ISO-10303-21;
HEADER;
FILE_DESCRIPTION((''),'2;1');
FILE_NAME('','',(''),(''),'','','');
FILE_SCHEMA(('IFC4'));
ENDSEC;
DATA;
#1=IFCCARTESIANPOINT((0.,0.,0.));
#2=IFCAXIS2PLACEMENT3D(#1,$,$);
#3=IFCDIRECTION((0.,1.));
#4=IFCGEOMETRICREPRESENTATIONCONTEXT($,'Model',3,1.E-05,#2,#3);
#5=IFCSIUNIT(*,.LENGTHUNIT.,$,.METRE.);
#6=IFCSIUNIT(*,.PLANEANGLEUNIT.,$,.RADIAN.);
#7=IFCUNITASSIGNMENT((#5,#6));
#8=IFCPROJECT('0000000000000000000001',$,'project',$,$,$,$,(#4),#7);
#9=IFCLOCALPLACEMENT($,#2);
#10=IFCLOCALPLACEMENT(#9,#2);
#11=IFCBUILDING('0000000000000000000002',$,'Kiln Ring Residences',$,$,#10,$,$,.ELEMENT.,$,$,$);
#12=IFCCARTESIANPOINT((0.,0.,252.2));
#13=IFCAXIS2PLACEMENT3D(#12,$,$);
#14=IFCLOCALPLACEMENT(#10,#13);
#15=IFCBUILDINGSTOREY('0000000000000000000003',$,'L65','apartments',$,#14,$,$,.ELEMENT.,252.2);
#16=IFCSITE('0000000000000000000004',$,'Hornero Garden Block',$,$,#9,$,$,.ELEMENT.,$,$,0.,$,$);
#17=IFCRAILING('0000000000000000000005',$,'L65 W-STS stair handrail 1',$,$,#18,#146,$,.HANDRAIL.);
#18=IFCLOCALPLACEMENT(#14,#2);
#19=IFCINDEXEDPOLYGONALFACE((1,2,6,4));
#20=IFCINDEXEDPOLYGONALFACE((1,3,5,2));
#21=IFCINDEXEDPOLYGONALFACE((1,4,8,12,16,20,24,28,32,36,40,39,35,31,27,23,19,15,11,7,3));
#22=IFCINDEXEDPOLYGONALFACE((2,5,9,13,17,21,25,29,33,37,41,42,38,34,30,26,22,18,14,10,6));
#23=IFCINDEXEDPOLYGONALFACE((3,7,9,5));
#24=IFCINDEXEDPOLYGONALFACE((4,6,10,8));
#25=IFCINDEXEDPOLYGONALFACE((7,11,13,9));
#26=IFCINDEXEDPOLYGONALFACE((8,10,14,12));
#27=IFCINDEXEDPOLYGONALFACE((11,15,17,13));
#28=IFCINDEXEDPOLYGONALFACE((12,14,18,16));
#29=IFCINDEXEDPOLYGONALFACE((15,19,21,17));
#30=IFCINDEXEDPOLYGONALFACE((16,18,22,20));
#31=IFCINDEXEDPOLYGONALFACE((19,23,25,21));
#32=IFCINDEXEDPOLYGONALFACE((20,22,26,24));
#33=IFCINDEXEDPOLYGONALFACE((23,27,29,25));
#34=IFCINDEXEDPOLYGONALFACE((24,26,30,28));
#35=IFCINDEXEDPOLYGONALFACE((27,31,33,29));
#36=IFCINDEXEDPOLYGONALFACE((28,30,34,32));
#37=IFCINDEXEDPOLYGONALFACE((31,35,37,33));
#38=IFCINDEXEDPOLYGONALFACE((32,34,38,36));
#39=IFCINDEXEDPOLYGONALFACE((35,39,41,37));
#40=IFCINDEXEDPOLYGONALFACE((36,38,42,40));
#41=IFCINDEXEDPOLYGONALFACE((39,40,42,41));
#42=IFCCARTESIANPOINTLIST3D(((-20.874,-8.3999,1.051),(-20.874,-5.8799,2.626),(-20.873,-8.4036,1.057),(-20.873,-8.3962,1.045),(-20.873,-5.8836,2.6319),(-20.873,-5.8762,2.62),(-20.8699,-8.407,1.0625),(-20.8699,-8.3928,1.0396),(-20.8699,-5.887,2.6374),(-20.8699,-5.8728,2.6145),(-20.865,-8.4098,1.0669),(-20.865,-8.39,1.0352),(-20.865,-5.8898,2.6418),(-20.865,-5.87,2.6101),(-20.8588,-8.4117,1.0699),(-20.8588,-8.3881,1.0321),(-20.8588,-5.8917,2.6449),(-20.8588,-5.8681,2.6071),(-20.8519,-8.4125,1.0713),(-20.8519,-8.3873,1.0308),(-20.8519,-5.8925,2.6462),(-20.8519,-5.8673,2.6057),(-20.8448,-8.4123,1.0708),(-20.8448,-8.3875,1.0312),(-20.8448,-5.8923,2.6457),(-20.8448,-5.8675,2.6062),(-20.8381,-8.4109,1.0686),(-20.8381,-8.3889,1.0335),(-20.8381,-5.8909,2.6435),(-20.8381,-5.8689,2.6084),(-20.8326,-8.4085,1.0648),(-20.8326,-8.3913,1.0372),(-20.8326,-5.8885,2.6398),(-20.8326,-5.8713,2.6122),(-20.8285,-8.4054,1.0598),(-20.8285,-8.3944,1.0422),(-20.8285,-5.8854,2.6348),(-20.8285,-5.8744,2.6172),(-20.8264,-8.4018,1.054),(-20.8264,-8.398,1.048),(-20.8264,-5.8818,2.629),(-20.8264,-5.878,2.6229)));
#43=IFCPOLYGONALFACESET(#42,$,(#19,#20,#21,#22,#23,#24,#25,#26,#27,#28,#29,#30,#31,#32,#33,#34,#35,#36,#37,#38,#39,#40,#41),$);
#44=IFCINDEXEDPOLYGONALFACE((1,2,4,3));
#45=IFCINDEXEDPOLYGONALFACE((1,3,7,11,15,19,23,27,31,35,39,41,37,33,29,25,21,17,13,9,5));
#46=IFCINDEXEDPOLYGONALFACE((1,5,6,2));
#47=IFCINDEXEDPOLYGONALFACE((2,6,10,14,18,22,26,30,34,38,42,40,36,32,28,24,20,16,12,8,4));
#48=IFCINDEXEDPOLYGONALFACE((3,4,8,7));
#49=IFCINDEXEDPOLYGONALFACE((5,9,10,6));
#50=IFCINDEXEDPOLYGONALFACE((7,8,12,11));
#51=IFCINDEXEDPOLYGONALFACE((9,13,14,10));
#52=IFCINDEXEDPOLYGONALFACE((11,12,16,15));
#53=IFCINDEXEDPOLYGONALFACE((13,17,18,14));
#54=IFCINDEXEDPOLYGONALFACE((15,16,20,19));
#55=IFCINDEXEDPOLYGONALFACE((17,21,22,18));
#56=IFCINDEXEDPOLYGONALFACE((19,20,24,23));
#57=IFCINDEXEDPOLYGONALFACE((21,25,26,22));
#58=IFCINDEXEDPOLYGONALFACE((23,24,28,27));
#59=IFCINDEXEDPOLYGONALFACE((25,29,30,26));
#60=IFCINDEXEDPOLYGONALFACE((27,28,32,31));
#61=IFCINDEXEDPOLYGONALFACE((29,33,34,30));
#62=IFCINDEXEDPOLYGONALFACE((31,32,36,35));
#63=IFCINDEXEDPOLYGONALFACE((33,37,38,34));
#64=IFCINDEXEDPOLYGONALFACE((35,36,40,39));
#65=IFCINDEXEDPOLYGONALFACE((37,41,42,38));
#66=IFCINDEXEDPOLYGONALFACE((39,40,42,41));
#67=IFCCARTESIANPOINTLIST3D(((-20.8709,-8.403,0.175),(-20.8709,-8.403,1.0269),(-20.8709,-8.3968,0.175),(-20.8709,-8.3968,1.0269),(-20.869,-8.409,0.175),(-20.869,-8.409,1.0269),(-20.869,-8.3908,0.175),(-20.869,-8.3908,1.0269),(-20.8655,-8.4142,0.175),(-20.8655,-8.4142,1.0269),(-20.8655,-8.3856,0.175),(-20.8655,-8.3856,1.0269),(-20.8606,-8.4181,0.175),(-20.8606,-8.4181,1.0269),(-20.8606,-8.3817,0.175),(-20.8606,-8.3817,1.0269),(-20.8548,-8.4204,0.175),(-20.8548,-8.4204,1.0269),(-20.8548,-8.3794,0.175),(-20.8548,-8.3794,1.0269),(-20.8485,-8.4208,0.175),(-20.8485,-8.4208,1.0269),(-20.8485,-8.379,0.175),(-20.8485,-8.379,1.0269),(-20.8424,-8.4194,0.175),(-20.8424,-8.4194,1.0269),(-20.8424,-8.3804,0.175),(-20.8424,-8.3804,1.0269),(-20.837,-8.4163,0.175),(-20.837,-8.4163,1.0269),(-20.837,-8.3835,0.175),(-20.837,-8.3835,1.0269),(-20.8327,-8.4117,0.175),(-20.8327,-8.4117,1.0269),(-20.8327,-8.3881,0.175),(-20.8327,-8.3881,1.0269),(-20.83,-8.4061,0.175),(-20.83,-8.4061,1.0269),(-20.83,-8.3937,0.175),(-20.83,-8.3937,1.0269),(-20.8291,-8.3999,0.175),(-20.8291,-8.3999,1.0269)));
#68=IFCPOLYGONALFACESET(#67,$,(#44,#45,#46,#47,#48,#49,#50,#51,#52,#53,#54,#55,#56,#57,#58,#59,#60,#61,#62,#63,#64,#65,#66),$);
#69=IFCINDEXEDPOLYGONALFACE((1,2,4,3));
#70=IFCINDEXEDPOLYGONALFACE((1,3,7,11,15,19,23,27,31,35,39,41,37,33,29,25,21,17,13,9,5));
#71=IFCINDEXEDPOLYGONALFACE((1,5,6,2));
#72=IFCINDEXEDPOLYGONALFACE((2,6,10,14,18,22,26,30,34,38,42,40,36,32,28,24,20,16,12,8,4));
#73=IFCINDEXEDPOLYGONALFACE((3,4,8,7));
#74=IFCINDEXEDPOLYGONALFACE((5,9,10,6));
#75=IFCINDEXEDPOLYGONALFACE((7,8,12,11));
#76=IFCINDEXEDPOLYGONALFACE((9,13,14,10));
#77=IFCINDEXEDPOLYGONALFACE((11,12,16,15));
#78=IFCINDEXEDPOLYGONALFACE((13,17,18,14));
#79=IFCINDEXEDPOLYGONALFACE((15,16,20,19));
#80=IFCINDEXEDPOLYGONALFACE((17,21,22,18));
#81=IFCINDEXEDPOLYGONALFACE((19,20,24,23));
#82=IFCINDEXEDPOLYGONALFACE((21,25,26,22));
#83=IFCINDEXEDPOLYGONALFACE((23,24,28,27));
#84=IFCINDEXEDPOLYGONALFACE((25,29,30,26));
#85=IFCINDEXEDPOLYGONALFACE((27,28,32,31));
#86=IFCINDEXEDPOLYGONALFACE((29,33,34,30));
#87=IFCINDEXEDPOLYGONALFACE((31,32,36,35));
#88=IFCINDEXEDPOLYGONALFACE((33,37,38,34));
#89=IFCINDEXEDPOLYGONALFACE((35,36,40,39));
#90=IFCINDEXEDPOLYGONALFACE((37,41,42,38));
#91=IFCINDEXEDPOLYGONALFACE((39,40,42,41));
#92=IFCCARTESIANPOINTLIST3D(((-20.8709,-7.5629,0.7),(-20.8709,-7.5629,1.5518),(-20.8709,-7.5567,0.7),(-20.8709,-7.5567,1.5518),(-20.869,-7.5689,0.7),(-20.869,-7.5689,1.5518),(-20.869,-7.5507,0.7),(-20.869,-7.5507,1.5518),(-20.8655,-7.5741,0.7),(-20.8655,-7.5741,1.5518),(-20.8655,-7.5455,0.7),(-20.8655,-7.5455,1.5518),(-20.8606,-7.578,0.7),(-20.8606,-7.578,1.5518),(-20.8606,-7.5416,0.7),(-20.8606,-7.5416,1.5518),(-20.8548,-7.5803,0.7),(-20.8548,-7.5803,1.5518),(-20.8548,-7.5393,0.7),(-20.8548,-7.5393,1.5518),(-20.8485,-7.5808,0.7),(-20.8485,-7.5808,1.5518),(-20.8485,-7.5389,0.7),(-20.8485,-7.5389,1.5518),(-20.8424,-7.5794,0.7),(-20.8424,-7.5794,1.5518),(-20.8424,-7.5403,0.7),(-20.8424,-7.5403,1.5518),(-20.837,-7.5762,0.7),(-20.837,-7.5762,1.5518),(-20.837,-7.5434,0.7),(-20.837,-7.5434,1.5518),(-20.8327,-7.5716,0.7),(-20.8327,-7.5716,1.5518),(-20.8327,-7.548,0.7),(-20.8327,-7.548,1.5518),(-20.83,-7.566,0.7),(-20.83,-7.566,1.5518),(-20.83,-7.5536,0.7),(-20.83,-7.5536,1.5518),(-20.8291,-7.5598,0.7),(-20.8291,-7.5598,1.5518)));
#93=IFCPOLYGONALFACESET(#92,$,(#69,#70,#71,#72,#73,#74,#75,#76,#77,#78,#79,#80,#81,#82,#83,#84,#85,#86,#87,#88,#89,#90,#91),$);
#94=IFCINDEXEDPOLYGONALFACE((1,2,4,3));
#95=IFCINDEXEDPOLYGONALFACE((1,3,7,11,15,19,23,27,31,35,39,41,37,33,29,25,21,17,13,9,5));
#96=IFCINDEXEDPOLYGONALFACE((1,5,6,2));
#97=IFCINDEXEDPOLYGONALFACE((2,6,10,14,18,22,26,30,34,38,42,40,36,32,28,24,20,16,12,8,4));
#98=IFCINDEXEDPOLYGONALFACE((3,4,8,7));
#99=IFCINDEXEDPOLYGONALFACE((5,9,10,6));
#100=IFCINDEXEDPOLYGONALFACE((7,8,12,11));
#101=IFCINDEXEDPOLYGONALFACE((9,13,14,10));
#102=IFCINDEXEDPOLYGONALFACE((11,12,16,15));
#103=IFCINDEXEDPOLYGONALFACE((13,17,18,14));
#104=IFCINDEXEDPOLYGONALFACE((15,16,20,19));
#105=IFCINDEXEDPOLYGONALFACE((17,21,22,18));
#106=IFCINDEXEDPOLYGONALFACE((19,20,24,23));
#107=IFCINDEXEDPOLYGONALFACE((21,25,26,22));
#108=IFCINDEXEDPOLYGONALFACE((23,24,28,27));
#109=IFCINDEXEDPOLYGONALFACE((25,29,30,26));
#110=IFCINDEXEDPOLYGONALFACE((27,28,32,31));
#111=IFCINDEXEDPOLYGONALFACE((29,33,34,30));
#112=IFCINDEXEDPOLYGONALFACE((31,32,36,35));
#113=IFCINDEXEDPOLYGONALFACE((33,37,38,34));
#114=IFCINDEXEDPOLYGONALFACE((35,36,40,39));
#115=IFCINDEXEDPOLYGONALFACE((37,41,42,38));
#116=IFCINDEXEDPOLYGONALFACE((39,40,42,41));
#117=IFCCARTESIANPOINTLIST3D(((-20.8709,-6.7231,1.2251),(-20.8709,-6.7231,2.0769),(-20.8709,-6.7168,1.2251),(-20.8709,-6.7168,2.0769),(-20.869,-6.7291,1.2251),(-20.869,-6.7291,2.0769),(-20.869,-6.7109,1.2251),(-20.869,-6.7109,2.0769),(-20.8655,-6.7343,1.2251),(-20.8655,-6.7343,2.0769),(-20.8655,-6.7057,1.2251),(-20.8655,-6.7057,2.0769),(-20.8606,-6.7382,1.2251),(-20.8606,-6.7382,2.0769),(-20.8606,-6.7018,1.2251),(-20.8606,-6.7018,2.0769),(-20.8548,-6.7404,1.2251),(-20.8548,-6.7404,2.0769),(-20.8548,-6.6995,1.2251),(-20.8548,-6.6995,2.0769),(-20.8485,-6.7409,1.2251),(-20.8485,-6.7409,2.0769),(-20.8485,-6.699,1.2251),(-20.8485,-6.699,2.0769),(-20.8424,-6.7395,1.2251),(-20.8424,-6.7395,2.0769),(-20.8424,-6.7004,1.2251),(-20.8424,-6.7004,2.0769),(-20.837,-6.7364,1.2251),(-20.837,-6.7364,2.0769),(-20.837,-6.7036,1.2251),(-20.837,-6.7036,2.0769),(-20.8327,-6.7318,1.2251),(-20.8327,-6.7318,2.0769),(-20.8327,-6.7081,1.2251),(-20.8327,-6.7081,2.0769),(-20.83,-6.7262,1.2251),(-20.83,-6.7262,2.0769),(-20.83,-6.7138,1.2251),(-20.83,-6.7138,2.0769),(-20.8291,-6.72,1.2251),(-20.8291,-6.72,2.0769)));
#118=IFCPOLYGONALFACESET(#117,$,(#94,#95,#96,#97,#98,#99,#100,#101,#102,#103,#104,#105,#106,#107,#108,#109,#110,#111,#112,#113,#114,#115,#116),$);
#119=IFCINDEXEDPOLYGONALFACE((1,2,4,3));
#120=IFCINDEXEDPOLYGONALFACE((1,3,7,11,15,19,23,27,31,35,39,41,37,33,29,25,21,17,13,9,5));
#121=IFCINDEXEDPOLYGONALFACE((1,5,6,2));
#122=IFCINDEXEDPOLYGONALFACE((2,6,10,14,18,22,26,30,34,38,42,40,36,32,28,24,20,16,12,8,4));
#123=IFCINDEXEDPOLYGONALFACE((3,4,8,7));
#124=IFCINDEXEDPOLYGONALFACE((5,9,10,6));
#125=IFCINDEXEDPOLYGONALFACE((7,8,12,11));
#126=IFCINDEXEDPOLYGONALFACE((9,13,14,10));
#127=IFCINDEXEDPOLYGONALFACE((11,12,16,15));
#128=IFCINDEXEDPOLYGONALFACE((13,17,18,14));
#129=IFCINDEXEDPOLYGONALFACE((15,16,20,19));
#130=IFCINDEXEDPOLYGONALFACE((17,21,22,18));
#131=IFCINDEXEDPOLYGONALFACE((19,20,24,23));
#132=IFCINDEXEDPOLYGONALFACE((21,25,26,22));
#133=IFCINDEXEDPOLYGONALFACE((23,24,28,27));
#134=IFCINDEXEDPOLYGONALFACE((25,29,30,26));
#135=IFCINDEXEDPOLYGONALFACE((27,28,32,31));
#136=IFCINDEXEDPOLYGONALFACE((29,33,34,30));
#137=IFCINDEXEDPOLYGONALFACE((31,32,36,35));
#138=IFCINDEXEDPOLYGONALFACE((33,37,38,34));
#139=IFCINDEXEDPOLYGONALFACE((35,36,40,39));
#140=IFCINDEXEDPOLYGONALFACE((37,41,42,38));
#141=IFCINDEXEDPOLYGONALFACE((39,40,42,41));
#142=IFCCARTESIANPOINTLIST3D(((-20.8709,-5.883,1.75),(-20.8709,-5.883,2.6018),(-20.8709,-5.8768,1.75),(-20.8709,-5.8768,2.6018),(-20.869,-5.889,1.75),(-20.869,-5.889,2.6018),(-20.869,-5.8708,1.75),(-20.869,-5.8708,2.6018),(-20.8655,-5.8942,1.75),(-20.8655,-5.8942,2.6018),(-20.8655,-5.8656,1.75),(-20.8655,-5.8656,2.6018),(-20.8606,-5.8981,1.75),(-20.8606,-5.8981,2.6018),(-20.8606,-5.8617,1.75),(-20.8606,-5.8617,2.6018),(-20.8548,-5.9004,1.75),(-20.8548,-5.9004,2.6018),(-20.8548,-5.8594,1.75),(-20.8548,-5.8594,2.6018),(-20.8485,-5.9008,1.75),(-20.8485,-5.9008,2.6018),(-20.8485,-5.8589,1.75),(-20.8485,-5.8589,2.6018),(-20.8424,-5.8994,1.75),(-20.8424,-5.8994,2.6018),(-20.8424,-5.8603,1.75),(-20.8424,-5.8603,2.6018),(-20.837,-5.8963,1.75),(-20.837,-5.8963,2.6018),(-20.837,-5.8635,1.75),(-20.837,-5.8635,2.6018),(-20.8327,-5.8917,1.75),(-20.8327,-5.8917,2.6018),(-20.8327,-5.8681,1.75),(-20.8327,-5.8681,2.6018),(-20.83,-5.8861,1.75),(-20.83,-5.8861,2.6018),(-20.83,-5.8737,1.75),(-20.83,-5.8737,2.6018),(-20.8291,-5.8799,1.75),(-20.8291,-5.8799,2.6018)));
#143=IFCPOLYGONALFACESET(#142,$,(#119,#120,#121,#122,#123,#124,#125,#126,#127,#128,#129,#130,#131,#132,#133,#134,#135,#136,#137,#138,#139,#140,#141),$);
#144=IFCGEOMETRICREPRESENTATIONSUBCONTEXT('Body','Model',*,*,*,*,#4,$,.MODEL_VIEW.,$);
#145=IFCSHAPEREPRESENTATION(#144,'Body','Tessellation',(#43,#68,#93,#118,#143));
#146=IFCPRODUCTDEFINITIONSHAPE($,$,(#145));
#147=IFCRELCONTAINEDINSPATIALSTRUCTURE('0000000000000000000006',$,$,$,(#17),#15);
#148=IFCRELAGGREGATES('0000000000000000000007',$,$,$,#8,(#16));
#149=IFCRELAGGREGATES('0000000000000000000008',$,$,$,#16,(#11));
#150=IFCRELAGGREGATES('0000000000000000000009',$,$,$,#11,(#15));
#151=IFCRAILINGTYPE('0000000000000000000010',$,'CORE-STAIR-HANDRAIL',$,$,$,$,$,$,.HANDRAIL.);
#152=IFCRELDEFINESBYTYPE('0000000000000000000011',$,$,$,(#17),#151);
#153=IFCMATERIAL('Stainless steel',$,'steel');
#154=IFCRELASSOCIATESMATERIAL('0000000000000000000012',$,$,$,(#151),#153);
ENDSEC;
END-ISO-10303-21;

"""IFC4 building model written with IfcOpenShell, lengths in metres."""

from ifc_helpers import new_model, si_unit, direction, frame, origin, origin_2d, place, context, subcontext, project, spatial, circle, extrude, material, type_object, element, save


model = new_model("IFC4")

# Units and contexts
model_context = context("Model", 3, precision=1e-05, world=origin(), true_north=direction((0.0, 1.0)))
body_context = subcontext(model_context, "Body", "Model", "MODEL_VIEW")
ifc_project = project(units=[si_unit("LENGTHUNIT", "METRE"), si_unit("PLANEANGLEUNIT", "RADIAN")], contexts=[model_context])

# Site, building, storey
site_placement = place(None, origin())
site = spatial("IfcSite", under=ifc_project, at=site_placement, Name="Hornero Garden Block", CompositionType="ELEMENT", RefElevation=0.0)
building_placement = place(site_placement, origin())
building = spatial("IfcBuilding", under=site, at=building_placement, Name="Kiln Ring Residences", CompositionType="ELEMENT")
storey_placement = place(building_placement, frame((0.0, 0.0, 252.2)))
storey = spatial("IfcBuildingStorey", under=building, at=storey_placement, Name="L65", Description="apartments", CompositionType="ELEMENT", Elevation=252.2)

# Railing
ifc_material_1 = material(Name="Stainless steel", Category="steel")
railing_type_1 = type_object("IfcRailingType", Name="CORE-STAIR-HANDRAIL", PredefinedType="HANDRAIL", material=ifc_material_1)
railing_1_placement = place(storey_placement, frame((-20.8501, -8.3999, 0.175)))
element("IfcRailing", 1, at=railing_1_placement, inside=storey, type_object=railing_type_1, Name="L65 W-STS stair handrail 1", PredefinedType="HANDRAIL", context=body_context, shape_type="SweptSolid", body=[
    extrude(circle(Radius=0.0239, at=origin_2d()), frame((0.0, 0.0, 0.876), z_axis=(0.0, 0.848008, 0.529984), x_axis=(-1.0, 0.0, 0.0)), (0.0, 0.0, 1.0), 2.9717),
    extrude(circle(Radius=0.021, at=origin_2d()), origin(), (0.0, 0.0, 1.0), 0.8518),
    extrude(circle(Radius=0.021, at=origin_2d()), frame((0.0, 0.8401, 0.5249)), (0.0, 0.0, 1.0), 0.8518),
    extrude(circle(Radius=0.021, at=origin_2d()), frame((0.0, 1.6799, 1.05)), (0.0, 0.0, 1.0), 0.8518),
    extrude(circle(Radius=0.021, at=origin_2d()), frame((0.0, 2.52, 1.575)), (0.0, 0.0, 1.0), 0.8518),
])

save(model, "model.ifc")
